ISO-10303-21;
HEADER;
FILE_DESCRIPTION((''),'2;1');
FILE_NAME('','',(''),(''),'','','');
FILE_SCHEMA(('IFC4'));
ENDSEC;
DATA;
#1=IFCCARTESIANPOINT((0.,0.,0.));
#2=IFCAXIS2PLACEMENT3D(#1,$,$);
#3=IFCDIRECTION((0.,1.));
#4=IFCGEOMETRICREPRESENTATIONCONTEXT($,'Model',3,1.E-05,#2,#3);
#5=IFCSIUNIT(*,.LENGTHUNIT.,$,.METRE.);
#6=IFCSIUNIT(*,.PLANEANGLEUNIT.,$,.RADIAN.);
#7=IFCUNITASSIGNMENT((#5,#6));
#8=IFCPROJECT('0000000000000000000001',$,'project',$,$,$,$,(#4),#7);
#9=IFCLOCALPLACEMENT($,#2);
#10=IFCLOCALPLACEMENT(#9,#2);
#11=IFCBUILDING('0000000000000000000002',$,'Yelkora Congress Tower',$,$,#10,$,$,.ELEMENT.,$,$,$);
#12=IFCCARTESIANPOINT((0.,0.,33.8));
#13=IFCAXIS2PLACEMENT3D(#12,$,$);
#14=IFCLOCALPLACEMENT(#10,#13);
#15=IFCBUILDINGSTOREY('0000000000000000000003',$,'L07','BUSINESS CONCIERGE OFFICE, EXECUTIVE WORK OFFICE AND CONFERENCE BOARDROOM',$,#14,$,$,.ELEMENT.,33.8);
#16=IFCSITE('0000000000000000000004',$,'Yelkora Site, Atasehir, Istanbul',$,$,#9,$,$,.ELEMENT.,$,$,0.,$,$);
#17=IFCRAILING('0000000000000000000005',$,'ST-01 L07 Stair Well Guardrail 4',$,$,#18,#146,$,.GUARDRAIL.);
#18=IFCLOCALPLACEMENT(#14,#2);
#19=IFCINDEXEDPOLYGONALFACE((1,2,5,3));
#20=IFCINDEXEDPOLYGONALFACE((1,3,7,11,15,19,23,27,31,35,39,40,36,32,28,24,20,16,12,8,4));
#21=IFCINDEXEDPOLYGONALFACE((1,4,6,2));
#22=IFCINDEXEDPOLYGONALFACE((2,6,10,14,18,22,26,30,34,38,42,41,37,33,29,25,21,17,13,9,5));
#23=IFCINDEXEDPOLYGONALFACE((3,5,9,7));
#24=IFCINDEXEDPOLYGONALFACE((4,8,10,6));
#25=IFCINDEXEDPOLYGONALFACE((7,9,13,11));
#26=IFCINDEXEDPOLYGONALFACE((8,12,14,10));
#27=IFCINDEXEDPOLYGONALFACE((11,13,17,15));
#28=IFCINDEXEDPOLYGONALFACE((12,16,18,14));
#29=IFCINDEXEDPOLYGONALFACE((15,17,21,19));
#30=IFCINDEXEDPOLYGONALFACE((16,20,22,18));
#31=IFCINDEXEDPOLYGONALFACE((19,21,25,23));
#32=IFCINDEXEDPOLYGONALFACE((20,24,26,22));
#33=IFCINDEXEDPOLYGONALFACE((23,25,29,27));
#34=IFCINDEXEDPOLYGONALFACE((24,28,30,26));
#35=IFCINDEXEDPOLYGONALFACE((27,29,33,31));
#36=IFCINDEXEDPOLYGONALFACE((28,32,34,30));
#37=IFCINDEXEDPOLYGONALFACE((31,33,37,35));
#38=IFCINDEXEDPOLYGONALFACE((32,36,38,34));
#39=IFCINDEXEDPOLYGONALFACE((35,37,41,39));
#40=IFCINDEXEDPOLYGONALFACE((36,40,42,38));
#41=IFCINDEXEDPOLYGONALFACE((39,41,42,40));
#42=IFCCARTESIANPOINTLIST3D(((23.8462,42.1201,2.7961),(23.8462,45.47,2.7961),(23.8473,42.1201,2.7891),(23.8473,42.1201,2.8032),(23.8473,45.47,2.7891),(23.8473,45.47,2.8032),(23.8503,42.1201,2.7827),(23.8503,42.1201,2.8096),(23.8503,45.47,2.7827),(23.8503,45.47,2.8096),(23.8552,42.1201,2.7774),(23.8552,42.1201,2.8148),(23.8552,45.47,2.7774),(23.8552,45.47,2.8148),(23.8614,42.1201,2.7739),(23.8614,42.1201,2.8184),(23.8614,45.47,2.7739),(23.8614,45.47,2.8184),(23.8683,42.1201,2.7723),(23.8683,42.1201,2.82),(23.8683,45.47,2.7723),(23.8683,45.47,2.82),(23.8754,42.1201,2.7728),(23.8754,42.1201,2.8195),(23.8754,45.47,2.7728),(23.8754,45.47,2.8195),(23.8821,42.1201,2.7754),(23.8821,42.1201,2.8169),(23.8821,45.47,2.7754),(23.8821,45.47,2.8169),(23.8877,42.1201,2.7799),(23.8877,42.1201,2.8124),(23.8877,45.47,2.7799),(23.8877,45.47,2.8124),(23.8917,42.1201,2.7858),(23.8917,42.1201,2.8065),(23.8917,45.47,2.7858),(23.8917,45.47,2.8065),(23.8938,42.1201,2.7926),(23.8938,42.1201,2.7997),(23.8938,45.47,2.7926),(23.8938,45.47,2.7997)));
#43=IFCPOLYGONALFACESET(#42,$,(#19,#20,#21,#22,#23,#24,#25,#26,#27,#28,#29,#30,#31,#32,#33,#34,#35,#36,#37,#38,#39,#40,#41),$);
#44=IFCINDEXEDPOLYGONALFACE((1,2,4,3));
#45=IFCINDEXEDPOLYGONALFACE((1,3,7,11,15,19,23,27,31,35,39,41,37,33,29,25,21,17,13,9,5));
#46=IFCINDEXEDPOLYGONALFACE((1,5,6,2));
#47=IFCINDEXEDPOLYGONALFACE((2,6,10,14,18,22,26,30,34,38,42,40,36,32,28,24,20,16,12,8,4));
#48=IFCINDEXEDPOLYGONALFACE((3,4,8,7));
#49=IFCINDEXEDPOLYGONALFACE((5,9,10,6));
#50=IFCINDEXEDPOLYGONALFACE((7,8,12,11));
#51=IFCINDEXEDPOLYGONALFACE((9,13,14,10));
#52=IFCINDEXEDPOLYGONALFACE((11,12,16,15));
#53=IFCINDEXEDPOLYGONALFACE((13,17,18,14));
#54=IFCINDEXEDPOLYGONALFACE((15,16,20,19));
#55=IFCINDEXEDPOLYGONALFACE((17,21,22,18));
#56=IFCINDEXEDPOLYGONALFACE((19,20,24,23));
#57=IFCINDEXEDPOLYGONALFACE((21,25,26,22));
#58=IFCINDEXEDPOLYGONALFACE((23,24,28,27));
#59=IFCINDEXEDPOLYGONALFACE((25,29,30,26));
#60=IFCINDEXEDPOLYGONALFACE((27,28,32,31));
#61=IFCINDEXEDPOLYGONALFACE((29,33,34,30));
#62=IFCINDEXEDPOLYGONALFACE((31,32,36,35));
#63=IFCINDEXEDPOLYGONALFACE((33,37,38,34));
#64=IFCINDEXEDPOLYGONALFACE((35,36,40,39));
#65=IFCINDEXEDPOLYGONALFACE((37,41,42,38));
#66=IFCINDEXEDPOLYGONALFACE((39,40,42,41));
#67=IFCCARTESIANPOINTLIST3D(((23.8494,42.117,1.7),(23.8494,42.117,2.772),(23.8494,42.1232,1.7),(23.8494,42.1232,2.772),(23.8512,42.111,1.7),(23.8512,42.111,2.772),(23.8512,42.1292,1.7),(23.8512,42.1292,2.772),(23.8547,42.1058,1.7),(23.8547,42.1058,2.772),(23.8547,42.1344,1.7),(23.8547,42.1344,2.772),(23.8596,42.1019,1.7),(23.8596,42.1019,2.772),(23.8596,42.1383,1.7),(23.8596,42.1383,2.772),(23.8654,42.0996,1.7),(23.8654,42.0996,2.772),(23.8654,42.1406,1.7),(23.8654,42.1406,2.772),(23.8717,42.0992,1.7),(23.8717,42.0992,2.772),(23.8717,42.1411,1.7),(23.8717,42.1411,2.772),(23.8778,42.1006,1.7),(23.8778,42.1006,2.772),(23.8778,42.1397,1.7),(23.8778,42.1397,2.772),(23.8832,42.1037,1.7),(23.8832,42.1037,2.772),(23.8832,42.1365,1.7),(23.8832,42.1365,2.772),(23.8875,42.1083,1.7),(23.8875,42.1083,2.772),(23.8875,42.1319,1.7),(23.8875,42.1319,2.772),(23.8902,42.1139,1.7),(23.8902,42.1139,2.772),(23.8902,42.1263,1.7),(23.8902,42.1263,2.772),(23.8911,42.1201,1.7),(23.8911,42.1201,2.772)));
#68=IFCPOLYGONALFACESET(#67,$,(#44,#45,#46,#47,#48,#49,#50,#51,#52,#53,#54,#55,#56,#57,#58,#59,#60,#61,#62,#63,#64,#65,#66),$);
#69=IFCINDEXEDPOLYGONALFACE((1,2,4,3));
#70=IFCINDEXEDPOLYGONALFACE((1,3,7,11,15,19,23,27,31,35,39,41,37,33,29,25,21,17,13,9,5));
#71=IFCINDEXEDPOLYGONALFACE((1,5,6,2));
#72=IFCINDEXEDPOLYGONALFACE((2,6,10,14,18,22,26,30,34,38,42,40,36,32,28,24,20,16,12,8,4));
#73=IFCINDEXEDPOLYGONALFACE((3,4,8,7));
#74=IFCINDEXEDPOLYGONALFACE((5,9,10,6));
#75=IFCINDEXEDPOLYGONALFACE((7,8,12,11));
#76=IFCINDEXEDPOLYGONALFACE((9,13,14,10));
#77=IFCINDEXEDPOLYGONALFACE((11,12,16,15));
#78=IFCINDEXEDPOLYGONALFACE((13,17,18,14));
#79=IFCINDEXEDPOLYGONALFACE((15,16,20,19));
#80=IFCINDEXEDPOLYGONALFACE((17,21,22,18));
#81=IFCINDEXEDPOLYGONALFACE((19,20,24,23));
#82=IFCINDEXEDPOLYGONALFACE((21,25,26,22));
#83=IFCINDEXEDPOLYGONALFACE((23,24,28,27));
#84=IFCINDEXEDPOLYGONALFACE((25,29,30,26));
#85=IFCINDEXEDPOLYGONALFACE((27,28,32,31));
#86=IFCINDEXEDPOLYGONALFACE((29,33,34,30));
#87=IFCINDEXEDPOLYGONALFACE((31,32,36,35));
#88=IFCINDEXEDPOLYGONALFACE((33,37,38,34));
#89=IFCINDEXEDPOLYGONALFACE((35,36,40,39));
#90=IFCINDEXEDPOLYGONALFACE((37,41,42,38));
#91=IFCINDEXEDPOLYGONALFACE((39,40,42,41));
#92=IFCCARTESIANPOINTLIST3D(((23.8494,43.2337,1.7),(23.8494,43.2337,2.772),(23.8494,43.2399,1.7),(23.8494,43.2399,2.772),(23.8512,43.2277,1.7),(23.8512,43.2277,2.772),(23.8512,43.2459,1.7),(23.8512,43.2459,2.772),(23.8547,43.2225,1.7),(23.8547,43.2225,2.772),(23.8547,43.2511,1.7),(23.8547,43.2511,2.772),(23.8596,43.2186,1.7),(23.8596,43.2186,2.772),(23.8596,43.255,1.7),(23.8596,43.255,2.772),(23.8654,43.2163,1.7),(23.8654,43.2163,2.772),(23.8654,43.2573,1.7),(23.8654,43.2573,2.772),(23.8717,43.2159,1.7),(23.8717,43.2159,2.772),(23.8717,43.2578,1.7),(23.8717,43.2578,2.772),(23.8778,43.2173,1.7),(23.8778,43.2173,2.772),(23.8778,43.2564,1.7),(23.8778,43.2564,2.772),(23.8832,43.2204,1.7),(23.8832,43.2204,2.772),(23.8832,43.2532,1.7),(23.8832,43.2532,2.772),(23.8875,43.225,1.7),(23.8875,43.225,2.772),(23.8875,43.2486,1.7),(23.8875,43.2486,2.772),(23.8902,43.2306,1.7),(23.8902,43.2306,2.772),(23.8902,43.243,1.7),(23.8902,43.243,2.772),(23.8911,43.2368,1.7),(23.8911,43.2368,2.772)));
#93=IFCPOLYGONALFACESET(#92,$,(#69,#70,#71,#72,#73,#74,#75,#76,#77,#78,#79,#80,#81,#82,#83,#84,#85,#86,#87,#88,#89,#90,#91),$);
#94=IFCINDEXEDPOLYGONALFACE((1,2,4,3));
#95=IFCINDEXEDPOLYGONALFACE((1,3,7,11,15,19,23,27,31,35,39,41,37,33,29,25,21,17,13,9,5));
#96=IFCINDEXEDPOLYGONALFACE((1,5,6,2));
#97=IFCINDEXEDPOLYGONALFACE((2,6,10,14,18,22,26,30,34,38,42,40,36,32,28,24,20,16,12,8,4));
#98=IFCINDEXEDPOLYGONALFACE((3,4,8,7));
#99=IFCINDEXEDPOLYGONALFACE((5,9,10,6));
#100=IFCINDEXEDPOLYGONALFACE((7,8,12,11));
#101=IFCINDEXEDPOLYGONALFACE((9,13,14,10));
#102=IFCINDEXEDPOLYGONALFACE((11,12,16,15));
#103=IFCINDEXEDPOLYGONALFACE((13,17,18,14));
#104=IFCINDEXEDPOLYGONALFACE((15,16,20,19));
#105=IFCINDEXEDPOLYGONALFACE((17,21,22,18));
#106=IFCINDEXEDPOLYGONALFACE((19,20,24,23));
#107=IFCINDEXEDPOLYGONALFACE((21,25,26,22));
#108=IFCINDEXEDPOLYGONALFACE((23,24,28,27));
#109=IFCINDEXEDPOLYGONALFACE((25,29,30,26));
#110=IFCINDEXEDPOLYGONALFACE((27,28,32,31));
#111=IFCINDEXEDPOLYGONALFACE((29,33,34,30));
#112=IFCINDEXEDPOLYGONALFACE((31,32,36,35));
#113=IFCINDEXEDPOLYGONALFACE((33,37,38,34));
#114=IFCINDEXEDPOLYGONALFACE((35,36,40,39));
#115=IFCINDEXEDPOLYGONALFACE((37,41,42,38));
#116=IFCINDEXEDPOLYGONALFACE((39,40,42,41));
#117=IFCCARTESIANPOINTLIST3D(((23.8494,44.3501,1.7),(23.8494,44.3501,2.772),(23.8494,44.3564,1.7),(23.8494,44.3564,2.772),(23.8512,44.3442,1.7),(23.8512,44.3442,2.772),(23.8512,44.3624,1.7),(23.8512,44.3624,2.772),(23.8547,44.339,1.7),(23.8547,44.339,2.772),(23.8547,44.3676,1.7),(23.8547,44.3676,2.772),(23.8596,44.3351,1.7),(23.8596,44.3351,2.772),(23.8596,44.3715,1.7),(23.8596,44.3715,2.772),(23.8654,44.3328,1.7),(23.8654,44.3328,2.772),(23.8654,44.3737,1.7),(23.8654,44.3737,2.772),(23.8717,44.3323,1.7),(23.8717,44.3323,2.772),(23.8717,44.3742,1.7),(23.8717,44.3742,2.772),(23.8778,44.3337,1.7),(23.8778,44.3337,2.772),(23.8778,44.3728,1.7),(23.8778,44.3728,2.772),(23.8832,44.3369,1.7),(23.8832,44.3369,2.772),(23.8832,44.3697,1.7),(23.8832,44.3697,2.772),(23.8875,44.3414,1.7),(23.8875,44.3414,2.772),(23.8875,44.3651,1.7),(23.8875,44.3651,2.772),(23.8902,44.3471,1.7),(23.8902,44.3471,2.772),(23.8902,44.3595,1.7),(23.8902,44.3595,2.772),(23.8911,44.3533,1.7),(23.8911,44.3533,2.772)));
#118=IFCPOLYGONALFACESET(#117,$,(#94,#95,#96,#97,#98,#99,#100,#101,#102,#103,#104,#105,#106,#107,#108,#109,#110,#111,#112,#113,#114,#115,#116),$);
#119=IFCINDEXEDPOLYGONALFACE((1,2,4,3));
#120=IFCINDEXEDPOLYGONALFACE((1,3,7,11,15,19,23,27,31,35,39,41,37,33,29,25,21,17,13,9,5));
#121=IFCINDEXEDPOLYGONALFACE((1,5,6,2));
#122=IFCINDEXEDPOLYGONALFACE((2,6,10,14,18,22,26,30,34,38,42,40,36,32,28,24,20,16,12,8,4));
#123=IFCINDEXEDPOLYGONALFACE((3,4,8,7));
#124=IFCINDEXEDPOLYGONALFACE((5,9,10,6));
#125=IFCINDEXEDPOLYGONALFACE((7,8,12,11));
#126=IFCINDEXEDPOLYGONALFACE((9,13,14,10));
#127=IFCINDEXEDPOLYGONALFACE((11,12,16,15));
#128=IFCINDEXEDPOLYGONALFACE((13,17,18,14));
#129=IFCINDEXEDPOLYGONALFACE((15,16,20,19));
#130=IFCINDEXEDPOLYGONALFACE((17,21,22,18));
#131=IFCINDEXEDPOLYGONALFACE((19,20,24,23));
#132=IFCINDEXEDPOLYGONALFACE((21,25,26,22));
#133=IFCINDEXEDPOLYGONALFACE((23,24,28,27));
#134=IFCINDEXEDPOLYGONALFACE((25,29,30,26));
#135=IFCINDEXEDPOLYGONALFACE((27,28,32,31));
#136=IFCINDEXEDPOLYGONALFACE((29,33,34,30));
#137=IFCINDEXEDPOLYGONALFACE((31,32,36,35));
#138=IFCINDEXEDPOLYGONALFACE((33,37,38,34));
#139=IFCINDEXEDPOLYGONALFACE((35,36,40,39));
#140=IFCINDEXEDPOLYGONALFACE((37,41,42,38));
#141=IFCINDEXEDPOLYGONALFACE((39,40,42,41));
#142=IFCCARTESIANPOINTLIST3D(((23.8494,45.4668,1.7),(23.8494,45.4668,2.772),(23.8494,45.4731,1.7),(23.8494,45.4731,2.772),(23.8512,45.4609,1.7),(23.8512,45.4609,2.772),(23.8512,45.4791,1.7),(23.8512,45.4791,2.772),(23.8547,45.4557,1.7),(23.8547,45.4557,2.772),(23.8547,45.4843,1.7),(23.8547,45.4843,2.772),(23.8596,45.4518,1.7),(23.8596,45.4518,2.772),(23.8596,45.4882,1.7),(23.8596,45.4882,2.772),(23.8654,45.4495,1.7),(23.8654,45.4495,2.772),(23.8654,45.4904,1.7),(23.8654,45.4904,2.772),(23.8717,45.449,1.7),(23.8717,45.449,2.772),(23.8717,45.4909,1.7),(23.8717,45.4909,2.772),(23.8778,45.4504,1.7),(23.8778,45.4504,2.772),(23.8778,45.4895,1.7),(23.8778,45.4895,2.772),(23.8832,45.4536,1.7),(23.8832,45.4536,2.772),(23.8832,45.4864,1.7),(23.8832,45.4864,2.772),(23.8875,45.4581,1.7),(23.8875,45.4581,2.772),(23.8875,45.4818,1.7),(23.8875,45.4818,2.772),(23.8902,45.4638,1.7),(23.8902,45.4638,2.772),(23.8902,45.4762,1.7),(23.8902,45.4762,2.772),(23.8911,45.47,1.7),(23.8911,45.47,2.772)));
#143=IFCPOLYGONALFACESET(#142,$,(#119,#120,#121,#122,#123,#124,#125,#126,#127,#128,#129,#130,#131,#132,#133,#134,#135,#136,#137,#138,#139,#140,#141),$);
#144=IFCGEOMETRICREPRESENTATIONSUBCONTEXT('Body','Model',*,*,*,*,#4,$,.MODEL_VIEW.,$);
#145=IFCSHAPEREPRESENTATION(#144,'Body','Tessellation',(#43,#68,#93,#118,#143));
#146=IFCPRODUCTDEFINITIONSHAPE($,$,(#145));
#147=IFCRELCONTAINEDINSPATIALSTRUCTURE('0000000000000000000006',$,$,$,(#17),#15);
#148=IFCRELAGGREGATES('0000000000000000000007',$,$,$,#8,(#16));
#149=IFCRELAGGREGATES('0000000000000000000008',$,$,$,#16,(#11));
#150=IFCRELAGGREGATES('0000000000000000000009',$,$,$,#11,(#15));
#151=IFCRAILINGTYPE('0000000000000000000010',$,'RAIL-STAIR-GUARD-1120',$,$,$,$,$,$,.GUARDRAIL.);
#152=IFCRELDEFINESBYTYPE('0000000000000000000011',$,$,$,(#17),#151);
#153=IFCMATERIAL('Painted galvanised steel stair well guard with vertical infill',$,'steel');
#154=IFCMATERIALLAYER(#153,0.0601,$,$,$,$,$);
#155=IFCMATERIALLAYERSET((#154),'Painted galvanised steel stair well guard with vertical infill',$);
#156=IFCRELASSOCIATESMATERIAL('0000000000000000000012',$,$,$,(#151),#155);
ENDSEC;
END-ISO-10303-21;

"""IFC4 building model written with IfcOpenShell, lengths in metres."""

from ifc_helpers import new_model, si_unit, direction, frame, origin, origin_2d, place, context, subcontext, project, spatial, circle, extrude, material, layer, layer_set, type_object, element, save


model = new_model("IFC4")

# Units and contexts
model_context = context("Model", 3, precision=1e-05, world=origin(), true_north=direction((0.0, 1.0)))
body_context = subcontext(model_context, "Body", "Model", "MODEL_VIEW")
ifc_project = project(units=[si_unit("LENGTHUNIT", "METRE"), si_unit("PLANEANGLEUNIT", "RADIAN")], contexts=[model_context])

# Site, building, storey
site_placement = place(None, origin())
site = spatial("IfcSite", under=ifc_project, at=site_placement, Name="Yelkora Site, Atasehir, Istanbul", CompositionType="ELEMENT", RefElevation=0.0)
building_placement = place(site_placement, origin())
building = spatial("IfcBuilding", under=site, at=building_placement, Name="Yelkora Congress Tower", CompositionType="ELEMENT")
storey_placement = place(building_placement, frame((0.0, 0.0, 33.8)))
storey = spatial("IfcBuildingStorey", under=building, at=storey_placement, Name="L07", Description="BUSINESS CONCIERGE OFFICE, EXECUTIVE WORK OFFICE AND CONFERENCE BOARDROOM", CompositionType="ELEMENT", Elevation=33.8)

# Railing
ifc_material_1 = material(Name="Painted galvanised steel stair well guard with vertical infill", Category="steel")
ifc_layer_1 = layer(ifc_material_1, 0.0601)
ifc_layer_set_1 = layer_set([ifc_layer_1], Name="Painted galvanised steel stair well guard with vertical infill")
railing_type_1 = type_object("IfcRailingType", Name="RAIL-STAIR-GUARD-1120", PredefinedType="GUARDRAIL", material=ifc_layer_set_1)
for number, where, name in (
    (1, (23.8701, 42.1201, 1.7), "ST-01 L07 Stair Well Guardrail 4"),
):
    element("IfcRailing", number, at=place(storey_placement, frame(where)), inside=storey, type_object=railing_type_1, Name=name, PredefinedType="GUARDRAIL", context=body_context, shape_type="SweptSolid", body=[
        extrude(circle(Radius=0.0239, at=origin_2d()), frame((0.0, 0.0, 1.0962), z_axis=(0.0, 1.0, 0.0), x_axis=(-1.0, 0.0, 0.0)), (0.0, 0.0, 1.0), 3.3499),
        extrude(circle(Radius=0.021, at=origin_2d()), origin(), (0.0, 0.0, 1.0), 1.072),
        extrude(circle(Radius=0.021, at=origin_2d()), frame((0.0, 1.1167, 0.0)), (0.0, 0.0, 1.0), 1.072),
        extrude(circle(Radius=0.021, at=origin_2d()), frame((0.0, 2.2332, 0.0)), (0.0, 0.0, 1.0), 1.072),
        extrude(circle(Radius=0.021, at=origin_2d()), frame((0.0, 3.3499, 0.0)), (0.0, 0.0, 1.0), 1.072),
    ])

save(model, "model.ifc")
